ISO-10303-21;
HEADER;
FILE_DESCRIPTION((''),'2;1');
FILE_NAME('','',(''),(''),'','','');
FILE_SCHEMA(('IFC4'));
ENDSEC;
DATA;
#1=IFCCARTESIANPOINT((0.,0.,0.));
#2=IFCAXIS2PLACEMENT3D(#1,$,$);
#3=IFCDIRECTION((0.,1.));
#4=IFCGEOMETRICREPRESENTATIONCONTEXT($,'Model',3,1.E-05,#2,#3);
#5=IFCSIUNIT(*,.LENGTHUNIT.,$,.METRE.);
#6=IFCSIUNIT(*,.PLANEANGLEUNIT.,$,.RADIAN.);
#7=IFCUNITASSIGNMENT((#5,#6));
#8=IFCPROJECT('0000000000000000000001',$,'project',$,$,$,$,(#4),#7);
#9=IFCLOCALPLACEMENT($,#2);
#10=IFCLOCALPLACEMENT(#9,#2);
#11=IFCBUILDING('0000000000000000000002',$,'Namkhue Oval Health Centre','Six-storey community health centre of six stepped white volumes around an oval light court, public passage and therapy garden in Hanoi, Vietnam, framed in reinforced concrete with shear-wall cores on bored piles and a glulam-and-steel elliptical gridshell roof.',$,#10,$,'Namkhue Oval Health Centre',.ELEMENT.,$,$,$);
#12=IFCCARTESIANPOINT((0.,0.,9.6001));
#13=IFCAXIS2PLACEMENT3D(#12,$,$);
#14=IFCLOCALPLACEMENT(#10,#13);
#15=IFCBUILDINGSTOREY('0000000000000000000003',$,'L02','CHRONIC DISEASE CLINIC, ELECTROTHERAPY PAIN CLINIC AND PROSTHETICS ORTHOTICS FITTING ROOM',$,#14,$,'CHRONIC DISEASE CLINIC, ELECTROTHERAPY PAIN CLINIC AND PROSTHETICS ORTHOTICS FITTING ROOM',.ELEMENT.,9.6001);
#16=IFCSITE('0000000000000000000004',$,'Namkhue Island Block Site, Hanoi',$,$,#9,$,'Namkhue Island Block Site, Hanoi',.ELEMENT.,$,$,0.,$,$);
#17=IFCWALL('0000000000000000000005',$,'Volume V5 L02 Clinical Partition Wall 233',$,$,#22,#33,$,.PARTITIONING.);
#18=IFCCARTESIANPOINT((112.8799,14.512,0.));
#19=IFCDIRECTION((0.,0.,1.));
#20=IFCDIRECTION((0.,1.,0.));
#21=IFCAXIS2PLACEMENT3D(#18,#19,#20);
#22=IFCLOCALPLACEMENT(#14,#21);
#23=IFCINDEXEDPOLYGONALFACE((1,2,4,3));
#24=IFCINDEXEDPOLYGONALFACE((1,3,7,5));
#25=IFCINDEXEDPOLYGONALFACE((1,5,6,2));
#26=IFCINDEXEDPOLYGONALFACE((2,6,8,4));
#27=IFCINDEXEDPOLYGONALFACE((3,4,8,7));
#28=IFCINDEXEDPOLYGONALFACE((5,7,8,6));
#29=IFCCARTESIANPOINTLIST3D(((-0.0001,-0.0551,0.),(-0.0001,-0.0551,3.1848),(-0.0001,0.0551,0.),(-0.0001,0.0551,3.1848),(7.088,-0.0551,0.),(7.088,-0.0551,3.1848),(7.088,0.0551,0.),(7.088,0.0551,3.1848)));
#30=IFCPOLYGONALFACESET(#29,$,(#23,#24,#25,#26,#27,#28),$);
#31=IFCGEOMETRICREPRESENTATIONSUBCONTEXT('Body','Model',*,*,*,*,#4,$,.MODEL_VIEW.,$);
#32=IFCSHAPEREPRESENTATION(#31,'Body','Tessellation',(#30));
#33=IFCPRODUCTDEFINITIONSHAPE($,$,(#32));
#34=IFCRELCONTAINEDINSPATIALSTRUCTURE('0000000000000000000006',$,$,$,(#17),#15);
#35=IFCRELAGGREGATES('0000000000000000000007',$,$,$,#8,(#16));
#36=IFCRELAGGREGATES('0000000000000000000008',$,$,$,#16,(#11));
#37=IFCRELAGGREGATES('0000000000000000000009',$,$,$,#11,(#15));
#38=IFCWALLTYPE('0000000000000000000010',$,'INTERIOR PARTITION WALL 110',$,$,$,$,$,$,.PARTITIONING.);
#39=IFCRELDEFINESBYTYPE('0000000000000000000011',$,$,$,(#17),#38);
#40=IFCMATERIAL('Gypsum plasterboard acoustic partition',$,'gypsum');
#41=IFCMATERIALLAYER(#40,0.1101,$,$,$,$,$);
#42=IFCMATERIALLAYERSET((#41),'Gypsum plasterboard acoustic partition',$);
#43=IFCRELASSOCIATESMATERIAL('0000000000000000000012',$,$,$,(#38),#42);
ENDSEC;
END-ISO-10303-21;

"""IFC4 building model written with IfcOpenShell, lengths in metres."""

from ifc_helpers import new_model, si_unit, direction, frame, frame_2d, origin, place, context, subcontext, project, spatial, rectangle, extrude, material, layer, layer_set, type_object, element, save


model = new_model("IFC4")

# Units and contexts
model_context = context("Model", 3, precision=1e-05, world=origin(), true_north=direction((0.0, 1.0)))
body_context = subcontext(model_context, "Body", "Model", "MODEL_VIEW")
ifc_project = project(units=[si_unit("LENGTHUNIT", "METRE"), si_unit("PLANEANGLEUNIT", "RADIAN")], contexts=[model_context])

# Site, building, storey
site_placement = place(None, origin())
site = spatial("IfcSite", under=ifc_project, at=site_placement, Name="Namkhue Island Block Site, Hanoi", LongName="Namkhue Island Block Site, Hanoi", CompositionType="ELEMENT", RefElevation=0.0)
building_placement = place(site_placement, origin())
building = spatial("IfcBuilding", under=site, at=building_placement, Name="Namkhue Oval Health Centre", Description="Six-storey community health centre of six stepped white volumes around an oval light court, public passage and therapy garden in Hanoi, Vietnam, framed in reinforced concrete with shear-wall cores on bored piles and a glulam-and-steel elliptical gridshell roof.", LongName="Namkhue Oval Health Centre", CompositionType="ELEMENT")
storey_placement = place(building_placement, frame((0.0, 0.0, 9.6001)))
storey = spatial("IfcBuildingStorey", under=building, at=storey_placement, Name="L02", Description="CHRONIC DISEASE CLINIC, ELECTROTHERAPY PAIN CLINIC AND PROSTHETICS ORTHOTICS FITTING ROOM", LongName="CHRONIC DISEASE CLINIC, ELECTROTHERAPY PAIN CLINIC AND PROSTHETICS ORTHOTICS FITTING ROOM", CompositionType="ELEMENT", Elevation=9.6001)

# Wall
ifc_material_1 = material(Name="Gypsum plasterboard acoustic partition", Category="gypsum")
ifc_layer_1 = layer(ifc_material_1, 0.1101)
ifc_layer_set_1 = layer_set([ifc_layer_1], Name="Gypsum plasterboard acoustic partition")
wall_type_1 = type_object("IfcWallType", Name="INTERIOR PARTITION WALL 110", PredefinedType="PARTITIONING", material=ifc_layer_set_1)
wall_1_placement = place(storey_placement, frame((112.8799, 14.512, 0.0), z_axis=(0.0, 0.0, 1.0), x_axis=(0.0, 1.0, 0.0)))
element("IfcWall", 1, at=wall_1_placement, inside=storey, type_object=wall_type_1, Name="Volume V5 L02 Clinical Partition Wall 233", PredefinedType="PARTITIONING", context=body_context, shape_type="SweptSolid", body=[
    extrude(rectangle(XDim=7.0881, YDim=0.1101, at=frame_2d((3.5439, 0.0))), origin(), (0.0, 0.0, 1.0), 3.1848),
])

save(model, "model.ifc")
